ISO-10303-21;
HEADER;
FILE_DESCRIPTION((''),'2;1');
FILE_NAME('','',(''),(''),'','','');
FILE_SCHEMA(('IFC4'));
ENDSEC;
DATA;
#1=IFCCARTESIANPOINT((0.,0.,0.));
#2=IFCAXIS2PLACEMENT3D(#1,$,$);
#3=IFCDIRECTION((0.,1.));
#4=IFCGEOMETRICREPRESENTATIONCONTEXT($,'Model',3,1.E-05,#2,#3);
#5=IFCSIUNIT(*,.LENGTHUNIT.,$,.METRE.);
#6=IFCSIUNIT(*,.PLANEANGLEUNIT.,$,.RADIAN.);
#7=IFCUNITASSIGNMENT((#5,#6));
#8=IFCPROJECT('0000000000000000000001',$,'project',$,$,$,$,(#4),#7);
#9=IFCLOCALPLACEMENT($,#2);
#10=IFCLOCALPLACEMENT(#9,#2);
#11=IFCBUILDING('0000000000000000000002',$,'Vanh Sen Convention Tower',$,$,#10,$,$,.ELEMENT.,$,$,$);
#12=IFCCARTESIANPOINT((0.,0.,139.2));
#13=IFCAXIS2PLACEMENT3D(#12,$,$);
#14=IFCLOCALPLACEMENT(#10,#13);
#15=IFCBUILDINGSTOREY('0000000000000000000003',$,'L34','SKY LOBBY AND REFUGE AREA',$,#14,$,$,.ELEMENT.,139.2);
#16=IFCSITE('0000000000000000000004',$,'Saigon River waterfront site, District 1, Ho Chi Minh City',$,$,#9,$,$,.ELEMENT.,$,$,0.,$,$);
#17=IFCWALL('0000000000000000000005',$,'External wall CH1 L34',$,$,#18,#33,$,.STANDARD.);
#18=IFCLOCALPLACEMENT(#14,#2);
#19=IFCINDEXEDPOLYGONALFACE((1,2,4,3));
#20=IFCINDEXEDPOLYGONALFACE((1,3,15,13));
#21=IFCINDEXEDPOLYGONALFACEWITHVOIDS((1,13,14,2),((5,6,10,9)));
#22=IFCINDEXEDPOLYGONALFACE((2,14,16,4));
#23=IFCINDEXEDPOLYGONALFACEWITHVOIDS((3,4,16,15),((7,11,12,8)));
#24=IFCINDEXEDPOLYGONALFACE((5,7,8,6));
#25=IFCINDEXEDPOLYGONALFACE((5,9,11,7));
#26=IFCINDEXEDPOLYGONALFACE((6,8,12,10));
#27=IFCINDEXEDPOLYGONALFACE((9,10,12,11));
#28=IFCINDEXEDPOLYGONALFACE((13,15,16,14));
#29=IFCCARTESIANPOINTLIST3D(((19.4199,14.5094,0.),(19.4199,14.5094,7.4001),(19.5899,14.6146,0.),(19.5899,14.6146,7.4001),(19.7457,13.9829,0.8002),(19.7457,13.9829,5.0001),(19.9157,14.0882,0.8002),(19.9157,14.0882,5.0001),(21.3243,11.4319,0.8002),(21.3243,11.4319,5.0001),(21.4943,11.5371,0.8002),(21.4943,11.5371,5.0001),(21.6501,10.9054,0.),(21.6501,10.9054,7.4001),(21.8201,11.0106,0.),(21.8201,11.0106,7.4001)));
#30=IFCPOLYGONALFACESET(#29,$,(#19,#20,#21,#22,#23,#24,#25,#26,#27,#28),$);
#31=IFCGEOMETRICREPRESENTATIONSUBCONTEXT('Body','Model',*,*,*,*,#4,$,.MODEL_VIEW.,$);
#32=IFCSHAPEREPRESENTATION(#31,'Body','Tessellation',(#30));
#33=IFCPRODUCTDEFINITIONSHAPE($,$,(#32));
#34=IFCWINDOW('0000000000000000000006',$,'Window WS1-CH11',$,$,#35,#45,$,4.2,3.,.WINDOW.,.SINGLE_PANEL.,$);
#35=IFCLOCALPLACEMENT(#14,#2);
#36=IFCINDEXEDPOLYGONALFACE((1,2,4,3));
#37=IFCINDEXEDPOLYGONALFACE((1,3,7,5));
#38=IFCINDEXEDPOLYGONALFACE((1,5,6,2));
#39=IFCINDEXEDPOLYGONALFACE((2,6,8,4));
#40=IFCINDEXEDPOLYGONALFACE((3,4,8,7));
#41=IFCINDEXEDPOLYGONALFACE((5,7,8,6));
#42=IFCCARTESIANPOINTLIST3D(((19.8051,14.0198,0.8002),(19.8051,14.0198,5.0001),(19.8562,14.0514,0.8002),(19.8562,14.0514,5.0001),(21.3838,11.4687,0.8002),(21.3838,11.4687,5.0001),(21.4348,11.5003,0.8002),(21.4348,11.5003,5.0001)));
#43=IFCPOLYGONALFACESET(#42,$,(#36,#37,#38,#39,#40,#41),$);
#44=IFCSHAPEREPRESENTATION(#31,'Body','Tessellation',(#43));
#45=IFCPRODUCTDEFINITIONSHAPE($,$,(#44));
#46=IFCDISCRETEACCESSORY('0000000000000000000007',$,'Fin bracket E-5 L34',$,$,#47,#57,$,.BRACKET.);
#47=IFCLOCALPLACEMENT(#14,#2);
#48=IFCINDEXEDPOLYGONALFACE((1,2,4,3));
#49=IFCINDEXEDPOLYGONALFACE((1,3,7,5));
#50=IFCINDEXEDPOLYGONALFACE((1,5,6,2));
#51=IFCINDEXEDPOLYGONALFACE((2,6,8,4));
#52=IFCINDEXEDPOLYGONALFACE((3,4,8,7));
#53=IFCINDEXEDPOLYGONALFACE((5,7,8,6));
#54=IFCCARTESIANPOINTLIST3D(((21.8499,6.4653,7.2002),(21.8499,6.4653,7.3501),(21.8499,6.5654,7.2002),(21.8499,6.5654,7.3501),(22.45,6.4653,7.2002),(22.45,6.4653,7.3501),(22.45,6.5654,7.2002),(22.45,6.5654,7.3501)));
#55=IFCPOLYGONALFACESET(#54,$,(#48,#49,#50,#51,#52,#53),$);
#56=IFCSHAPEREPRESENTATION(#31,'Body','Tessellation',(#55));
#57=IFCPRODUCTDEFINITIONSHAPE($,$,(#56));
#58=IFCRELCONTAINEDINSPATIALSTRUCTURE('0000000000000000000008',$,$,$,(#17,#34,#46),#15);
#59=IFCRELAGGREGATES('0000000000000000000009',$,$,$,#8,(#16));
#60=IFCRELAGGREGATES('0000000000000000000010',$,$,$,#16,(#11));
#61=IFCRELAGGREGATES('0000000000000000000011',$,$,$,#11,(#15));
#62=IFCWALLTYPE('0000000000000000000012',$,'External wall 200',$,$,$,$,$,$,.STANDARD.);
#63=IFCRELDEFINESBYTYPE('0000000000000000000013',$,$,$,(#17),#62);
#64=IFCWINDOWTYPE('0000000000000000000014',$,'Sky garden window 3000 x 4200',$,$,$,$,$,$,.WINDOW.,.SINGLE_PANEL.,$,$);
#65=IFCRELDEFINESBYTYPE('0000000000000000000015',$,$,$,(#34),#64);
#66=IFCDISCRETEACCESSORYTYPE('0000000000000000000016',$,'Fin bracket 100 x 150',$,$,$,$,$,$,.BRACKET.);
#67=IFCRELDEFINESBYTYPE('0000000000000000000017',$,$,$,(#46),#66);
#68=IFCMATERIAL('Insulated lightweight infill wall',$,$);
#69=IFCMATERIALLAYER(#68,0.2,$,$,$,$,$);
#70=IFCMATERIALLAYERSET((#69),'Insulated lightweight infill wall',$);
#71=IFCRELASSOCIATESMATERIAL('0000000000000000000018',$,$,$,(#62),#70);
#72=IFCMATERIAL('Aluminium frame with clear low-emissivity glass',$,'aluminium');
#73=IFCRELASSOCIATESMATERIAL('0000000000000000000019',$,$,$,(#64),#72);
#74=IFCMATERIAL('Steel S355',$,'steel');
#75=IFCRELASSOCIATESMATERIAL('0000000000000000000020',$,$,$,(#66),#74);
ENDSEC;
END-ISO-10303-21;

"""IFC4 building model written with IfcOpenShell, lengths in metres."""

from ifc_helpers import new_model, si_unit, direction, frame, frame_2d, origin, origin_2d, place, context, subcontext, project, spatial, rectangle, extrude, material, layer, layer_set, type_object, element, fill, save


model = new_model("IFC4")

# Units and contexts
model_context = context("Model", 3, precision=1e-05, world=origin(), true_north=direction((0.0, 1.0)))
body_context = subcontext(model_context, "Body", "Model", "MODEL_VIEW")
ifc_project = project(units=[si_unit("LENGTHUNIT", "METRE"), si_unit("PLANEANGLEUNIT", "RADIAN")], contexts=[model_context])

# Site, building, storey
site_placement = place(None, origin())
site = spatial("IfcSite", under=ifc_project, at=site_placement, Name="Saigon River waterfront site, District 1, Ho Chi Minh City", CompositionType="ELEMENT", RefElevation=0.0)
building_placement = place(site_placement, origin())
building = spatial("IfcBuilding", under=site, at=building_placement, Name="Vanh Sen Convention Tower", CompositionType="ELEMENT")
storey_placement = place(building_placement, frame((0.0, 0.0, 139.2)))
storey = spatial("IfcBuildingStorey", under=building, at=storey_placement, Name="L34", Description="SKY LOBBY AND REFUGE AREA", CompositionType="ELEMENT", Elevation=139.2)

# Wall, opening, window
ifc_material_1 = material(Name="Insulated lightweight infill wall")
ifc_layer_1 = layer(ifc_material_1, 0.2)
ifc_layer_set_1 = layer_set([ifc_layer_1], Name="Insulated lightweight infill wall")
wall_type = type_object("IfcWallType", Name="External wall 200", PredefinedType="STANDARD", material=ifc_layer_set_1)
wall_placement = place(storey_placement, frame((21.7351, 10.958, 0.0), z_axis=(0.0, 0.0, 1.0), x_axis=(-0.526214, 0.850352, 0.0)))
wall = element("IfcWall", 1, at=wall_placement, inside=storey, type_object=wall_type, Name="External wall CH1 L34", PredefinedType="STANDARD", context=body_context, shape_type="SweptSolid", body=[
    extrude(rectangle(XDim=4.2383, YDim=0.2, at=frame_2d((2.1191, 0.0))), origin(), (0.0, 0.0, 1.0), 7.4001),
])
opening_placement = place(wall_placement, frame((0.6191, 0.0, 0.8)))
opening = element("IfcOpeningElement", 2, at=opening_placement, cuts=wall, PredefinedType="OPENING", context=body_context, shape_type="SweptSolid", body=[
    extrude(rectangle(XDim=3.0, YDim=4.2, at=frame_2d((1.5, 2.1001))), frame((0.0, 0.1099, 0.0), z_axis=(0.0, -1.0, 0.0), x_axis=(1.0, 0.0, 0.0)), (0.0, 0.0, 1.0), 0.22),
])
ifc_material_2 = material(Name="Aluminium frame with clear low-emissivity glass", Category="aluminium")
window_type = type_object("IfcWindowType", Name="Sky garden window 3000 x 4200", PartitioningType="SINGLE_PANEL", PredefinedType="WINDOW", material=ifc_material_2)
window_placement = place(opening_placement, origin())
window = element("IfcWindow", 3, at=window_placement, inside=storey, type_object=window_type, Name="Window WS1-CH11", OverallHeight=4.2, OverallWidth=3.0, PartitioningType="SINGLE_PANEL", PredefinedType="WINDOW", context=body_context, shape_type="SweptSolid", body=[
    extrude(rectangle(XDim=3.0, YDim=4.2, at=frame_2d((1.5, 2.1001))), frame((0.0, 0.03, 0.0), z_axis=(0.0, -1.0, 0.0), x_axis=(1.0, 0.0, 0.0)), (0.0, 0.0, 1.0), 0.0601),
])
fill(opening, window)

# Discrete accessory
ifc_material_3 = material(Name="Steel S355", Category="steel")
discrete_accessory_type = type_object("IfcDiscreteAccessoryType", Name="Fin bracket 100 x 150", PredefinedType="BRACKET", material=ifc_material_3)
discrete_accessory_placement = place(storey_placement, frame((22.1499, 6.5154, 7.2002), z_axis=(0.0, 0.0, 1.0), x_axis=(1.0, 0.0, 0.0)))
element("IfcDiscreteAccessory", 4, at=discrete_accessory_placement, inside=storey, type_object=discrete_accessory_type, Name="Fin bracket E-5 L34", PredefinedType="BRACKET", context=body_context, shape_type="SweptSolid", body=[
    extrude(rectangle(XDim=0.6001, YDim=0.1001, at=origin_2d()), origin(), (0.0, 0.0, 1.0), 0.1499),
])

save(model, "model.ifc")
